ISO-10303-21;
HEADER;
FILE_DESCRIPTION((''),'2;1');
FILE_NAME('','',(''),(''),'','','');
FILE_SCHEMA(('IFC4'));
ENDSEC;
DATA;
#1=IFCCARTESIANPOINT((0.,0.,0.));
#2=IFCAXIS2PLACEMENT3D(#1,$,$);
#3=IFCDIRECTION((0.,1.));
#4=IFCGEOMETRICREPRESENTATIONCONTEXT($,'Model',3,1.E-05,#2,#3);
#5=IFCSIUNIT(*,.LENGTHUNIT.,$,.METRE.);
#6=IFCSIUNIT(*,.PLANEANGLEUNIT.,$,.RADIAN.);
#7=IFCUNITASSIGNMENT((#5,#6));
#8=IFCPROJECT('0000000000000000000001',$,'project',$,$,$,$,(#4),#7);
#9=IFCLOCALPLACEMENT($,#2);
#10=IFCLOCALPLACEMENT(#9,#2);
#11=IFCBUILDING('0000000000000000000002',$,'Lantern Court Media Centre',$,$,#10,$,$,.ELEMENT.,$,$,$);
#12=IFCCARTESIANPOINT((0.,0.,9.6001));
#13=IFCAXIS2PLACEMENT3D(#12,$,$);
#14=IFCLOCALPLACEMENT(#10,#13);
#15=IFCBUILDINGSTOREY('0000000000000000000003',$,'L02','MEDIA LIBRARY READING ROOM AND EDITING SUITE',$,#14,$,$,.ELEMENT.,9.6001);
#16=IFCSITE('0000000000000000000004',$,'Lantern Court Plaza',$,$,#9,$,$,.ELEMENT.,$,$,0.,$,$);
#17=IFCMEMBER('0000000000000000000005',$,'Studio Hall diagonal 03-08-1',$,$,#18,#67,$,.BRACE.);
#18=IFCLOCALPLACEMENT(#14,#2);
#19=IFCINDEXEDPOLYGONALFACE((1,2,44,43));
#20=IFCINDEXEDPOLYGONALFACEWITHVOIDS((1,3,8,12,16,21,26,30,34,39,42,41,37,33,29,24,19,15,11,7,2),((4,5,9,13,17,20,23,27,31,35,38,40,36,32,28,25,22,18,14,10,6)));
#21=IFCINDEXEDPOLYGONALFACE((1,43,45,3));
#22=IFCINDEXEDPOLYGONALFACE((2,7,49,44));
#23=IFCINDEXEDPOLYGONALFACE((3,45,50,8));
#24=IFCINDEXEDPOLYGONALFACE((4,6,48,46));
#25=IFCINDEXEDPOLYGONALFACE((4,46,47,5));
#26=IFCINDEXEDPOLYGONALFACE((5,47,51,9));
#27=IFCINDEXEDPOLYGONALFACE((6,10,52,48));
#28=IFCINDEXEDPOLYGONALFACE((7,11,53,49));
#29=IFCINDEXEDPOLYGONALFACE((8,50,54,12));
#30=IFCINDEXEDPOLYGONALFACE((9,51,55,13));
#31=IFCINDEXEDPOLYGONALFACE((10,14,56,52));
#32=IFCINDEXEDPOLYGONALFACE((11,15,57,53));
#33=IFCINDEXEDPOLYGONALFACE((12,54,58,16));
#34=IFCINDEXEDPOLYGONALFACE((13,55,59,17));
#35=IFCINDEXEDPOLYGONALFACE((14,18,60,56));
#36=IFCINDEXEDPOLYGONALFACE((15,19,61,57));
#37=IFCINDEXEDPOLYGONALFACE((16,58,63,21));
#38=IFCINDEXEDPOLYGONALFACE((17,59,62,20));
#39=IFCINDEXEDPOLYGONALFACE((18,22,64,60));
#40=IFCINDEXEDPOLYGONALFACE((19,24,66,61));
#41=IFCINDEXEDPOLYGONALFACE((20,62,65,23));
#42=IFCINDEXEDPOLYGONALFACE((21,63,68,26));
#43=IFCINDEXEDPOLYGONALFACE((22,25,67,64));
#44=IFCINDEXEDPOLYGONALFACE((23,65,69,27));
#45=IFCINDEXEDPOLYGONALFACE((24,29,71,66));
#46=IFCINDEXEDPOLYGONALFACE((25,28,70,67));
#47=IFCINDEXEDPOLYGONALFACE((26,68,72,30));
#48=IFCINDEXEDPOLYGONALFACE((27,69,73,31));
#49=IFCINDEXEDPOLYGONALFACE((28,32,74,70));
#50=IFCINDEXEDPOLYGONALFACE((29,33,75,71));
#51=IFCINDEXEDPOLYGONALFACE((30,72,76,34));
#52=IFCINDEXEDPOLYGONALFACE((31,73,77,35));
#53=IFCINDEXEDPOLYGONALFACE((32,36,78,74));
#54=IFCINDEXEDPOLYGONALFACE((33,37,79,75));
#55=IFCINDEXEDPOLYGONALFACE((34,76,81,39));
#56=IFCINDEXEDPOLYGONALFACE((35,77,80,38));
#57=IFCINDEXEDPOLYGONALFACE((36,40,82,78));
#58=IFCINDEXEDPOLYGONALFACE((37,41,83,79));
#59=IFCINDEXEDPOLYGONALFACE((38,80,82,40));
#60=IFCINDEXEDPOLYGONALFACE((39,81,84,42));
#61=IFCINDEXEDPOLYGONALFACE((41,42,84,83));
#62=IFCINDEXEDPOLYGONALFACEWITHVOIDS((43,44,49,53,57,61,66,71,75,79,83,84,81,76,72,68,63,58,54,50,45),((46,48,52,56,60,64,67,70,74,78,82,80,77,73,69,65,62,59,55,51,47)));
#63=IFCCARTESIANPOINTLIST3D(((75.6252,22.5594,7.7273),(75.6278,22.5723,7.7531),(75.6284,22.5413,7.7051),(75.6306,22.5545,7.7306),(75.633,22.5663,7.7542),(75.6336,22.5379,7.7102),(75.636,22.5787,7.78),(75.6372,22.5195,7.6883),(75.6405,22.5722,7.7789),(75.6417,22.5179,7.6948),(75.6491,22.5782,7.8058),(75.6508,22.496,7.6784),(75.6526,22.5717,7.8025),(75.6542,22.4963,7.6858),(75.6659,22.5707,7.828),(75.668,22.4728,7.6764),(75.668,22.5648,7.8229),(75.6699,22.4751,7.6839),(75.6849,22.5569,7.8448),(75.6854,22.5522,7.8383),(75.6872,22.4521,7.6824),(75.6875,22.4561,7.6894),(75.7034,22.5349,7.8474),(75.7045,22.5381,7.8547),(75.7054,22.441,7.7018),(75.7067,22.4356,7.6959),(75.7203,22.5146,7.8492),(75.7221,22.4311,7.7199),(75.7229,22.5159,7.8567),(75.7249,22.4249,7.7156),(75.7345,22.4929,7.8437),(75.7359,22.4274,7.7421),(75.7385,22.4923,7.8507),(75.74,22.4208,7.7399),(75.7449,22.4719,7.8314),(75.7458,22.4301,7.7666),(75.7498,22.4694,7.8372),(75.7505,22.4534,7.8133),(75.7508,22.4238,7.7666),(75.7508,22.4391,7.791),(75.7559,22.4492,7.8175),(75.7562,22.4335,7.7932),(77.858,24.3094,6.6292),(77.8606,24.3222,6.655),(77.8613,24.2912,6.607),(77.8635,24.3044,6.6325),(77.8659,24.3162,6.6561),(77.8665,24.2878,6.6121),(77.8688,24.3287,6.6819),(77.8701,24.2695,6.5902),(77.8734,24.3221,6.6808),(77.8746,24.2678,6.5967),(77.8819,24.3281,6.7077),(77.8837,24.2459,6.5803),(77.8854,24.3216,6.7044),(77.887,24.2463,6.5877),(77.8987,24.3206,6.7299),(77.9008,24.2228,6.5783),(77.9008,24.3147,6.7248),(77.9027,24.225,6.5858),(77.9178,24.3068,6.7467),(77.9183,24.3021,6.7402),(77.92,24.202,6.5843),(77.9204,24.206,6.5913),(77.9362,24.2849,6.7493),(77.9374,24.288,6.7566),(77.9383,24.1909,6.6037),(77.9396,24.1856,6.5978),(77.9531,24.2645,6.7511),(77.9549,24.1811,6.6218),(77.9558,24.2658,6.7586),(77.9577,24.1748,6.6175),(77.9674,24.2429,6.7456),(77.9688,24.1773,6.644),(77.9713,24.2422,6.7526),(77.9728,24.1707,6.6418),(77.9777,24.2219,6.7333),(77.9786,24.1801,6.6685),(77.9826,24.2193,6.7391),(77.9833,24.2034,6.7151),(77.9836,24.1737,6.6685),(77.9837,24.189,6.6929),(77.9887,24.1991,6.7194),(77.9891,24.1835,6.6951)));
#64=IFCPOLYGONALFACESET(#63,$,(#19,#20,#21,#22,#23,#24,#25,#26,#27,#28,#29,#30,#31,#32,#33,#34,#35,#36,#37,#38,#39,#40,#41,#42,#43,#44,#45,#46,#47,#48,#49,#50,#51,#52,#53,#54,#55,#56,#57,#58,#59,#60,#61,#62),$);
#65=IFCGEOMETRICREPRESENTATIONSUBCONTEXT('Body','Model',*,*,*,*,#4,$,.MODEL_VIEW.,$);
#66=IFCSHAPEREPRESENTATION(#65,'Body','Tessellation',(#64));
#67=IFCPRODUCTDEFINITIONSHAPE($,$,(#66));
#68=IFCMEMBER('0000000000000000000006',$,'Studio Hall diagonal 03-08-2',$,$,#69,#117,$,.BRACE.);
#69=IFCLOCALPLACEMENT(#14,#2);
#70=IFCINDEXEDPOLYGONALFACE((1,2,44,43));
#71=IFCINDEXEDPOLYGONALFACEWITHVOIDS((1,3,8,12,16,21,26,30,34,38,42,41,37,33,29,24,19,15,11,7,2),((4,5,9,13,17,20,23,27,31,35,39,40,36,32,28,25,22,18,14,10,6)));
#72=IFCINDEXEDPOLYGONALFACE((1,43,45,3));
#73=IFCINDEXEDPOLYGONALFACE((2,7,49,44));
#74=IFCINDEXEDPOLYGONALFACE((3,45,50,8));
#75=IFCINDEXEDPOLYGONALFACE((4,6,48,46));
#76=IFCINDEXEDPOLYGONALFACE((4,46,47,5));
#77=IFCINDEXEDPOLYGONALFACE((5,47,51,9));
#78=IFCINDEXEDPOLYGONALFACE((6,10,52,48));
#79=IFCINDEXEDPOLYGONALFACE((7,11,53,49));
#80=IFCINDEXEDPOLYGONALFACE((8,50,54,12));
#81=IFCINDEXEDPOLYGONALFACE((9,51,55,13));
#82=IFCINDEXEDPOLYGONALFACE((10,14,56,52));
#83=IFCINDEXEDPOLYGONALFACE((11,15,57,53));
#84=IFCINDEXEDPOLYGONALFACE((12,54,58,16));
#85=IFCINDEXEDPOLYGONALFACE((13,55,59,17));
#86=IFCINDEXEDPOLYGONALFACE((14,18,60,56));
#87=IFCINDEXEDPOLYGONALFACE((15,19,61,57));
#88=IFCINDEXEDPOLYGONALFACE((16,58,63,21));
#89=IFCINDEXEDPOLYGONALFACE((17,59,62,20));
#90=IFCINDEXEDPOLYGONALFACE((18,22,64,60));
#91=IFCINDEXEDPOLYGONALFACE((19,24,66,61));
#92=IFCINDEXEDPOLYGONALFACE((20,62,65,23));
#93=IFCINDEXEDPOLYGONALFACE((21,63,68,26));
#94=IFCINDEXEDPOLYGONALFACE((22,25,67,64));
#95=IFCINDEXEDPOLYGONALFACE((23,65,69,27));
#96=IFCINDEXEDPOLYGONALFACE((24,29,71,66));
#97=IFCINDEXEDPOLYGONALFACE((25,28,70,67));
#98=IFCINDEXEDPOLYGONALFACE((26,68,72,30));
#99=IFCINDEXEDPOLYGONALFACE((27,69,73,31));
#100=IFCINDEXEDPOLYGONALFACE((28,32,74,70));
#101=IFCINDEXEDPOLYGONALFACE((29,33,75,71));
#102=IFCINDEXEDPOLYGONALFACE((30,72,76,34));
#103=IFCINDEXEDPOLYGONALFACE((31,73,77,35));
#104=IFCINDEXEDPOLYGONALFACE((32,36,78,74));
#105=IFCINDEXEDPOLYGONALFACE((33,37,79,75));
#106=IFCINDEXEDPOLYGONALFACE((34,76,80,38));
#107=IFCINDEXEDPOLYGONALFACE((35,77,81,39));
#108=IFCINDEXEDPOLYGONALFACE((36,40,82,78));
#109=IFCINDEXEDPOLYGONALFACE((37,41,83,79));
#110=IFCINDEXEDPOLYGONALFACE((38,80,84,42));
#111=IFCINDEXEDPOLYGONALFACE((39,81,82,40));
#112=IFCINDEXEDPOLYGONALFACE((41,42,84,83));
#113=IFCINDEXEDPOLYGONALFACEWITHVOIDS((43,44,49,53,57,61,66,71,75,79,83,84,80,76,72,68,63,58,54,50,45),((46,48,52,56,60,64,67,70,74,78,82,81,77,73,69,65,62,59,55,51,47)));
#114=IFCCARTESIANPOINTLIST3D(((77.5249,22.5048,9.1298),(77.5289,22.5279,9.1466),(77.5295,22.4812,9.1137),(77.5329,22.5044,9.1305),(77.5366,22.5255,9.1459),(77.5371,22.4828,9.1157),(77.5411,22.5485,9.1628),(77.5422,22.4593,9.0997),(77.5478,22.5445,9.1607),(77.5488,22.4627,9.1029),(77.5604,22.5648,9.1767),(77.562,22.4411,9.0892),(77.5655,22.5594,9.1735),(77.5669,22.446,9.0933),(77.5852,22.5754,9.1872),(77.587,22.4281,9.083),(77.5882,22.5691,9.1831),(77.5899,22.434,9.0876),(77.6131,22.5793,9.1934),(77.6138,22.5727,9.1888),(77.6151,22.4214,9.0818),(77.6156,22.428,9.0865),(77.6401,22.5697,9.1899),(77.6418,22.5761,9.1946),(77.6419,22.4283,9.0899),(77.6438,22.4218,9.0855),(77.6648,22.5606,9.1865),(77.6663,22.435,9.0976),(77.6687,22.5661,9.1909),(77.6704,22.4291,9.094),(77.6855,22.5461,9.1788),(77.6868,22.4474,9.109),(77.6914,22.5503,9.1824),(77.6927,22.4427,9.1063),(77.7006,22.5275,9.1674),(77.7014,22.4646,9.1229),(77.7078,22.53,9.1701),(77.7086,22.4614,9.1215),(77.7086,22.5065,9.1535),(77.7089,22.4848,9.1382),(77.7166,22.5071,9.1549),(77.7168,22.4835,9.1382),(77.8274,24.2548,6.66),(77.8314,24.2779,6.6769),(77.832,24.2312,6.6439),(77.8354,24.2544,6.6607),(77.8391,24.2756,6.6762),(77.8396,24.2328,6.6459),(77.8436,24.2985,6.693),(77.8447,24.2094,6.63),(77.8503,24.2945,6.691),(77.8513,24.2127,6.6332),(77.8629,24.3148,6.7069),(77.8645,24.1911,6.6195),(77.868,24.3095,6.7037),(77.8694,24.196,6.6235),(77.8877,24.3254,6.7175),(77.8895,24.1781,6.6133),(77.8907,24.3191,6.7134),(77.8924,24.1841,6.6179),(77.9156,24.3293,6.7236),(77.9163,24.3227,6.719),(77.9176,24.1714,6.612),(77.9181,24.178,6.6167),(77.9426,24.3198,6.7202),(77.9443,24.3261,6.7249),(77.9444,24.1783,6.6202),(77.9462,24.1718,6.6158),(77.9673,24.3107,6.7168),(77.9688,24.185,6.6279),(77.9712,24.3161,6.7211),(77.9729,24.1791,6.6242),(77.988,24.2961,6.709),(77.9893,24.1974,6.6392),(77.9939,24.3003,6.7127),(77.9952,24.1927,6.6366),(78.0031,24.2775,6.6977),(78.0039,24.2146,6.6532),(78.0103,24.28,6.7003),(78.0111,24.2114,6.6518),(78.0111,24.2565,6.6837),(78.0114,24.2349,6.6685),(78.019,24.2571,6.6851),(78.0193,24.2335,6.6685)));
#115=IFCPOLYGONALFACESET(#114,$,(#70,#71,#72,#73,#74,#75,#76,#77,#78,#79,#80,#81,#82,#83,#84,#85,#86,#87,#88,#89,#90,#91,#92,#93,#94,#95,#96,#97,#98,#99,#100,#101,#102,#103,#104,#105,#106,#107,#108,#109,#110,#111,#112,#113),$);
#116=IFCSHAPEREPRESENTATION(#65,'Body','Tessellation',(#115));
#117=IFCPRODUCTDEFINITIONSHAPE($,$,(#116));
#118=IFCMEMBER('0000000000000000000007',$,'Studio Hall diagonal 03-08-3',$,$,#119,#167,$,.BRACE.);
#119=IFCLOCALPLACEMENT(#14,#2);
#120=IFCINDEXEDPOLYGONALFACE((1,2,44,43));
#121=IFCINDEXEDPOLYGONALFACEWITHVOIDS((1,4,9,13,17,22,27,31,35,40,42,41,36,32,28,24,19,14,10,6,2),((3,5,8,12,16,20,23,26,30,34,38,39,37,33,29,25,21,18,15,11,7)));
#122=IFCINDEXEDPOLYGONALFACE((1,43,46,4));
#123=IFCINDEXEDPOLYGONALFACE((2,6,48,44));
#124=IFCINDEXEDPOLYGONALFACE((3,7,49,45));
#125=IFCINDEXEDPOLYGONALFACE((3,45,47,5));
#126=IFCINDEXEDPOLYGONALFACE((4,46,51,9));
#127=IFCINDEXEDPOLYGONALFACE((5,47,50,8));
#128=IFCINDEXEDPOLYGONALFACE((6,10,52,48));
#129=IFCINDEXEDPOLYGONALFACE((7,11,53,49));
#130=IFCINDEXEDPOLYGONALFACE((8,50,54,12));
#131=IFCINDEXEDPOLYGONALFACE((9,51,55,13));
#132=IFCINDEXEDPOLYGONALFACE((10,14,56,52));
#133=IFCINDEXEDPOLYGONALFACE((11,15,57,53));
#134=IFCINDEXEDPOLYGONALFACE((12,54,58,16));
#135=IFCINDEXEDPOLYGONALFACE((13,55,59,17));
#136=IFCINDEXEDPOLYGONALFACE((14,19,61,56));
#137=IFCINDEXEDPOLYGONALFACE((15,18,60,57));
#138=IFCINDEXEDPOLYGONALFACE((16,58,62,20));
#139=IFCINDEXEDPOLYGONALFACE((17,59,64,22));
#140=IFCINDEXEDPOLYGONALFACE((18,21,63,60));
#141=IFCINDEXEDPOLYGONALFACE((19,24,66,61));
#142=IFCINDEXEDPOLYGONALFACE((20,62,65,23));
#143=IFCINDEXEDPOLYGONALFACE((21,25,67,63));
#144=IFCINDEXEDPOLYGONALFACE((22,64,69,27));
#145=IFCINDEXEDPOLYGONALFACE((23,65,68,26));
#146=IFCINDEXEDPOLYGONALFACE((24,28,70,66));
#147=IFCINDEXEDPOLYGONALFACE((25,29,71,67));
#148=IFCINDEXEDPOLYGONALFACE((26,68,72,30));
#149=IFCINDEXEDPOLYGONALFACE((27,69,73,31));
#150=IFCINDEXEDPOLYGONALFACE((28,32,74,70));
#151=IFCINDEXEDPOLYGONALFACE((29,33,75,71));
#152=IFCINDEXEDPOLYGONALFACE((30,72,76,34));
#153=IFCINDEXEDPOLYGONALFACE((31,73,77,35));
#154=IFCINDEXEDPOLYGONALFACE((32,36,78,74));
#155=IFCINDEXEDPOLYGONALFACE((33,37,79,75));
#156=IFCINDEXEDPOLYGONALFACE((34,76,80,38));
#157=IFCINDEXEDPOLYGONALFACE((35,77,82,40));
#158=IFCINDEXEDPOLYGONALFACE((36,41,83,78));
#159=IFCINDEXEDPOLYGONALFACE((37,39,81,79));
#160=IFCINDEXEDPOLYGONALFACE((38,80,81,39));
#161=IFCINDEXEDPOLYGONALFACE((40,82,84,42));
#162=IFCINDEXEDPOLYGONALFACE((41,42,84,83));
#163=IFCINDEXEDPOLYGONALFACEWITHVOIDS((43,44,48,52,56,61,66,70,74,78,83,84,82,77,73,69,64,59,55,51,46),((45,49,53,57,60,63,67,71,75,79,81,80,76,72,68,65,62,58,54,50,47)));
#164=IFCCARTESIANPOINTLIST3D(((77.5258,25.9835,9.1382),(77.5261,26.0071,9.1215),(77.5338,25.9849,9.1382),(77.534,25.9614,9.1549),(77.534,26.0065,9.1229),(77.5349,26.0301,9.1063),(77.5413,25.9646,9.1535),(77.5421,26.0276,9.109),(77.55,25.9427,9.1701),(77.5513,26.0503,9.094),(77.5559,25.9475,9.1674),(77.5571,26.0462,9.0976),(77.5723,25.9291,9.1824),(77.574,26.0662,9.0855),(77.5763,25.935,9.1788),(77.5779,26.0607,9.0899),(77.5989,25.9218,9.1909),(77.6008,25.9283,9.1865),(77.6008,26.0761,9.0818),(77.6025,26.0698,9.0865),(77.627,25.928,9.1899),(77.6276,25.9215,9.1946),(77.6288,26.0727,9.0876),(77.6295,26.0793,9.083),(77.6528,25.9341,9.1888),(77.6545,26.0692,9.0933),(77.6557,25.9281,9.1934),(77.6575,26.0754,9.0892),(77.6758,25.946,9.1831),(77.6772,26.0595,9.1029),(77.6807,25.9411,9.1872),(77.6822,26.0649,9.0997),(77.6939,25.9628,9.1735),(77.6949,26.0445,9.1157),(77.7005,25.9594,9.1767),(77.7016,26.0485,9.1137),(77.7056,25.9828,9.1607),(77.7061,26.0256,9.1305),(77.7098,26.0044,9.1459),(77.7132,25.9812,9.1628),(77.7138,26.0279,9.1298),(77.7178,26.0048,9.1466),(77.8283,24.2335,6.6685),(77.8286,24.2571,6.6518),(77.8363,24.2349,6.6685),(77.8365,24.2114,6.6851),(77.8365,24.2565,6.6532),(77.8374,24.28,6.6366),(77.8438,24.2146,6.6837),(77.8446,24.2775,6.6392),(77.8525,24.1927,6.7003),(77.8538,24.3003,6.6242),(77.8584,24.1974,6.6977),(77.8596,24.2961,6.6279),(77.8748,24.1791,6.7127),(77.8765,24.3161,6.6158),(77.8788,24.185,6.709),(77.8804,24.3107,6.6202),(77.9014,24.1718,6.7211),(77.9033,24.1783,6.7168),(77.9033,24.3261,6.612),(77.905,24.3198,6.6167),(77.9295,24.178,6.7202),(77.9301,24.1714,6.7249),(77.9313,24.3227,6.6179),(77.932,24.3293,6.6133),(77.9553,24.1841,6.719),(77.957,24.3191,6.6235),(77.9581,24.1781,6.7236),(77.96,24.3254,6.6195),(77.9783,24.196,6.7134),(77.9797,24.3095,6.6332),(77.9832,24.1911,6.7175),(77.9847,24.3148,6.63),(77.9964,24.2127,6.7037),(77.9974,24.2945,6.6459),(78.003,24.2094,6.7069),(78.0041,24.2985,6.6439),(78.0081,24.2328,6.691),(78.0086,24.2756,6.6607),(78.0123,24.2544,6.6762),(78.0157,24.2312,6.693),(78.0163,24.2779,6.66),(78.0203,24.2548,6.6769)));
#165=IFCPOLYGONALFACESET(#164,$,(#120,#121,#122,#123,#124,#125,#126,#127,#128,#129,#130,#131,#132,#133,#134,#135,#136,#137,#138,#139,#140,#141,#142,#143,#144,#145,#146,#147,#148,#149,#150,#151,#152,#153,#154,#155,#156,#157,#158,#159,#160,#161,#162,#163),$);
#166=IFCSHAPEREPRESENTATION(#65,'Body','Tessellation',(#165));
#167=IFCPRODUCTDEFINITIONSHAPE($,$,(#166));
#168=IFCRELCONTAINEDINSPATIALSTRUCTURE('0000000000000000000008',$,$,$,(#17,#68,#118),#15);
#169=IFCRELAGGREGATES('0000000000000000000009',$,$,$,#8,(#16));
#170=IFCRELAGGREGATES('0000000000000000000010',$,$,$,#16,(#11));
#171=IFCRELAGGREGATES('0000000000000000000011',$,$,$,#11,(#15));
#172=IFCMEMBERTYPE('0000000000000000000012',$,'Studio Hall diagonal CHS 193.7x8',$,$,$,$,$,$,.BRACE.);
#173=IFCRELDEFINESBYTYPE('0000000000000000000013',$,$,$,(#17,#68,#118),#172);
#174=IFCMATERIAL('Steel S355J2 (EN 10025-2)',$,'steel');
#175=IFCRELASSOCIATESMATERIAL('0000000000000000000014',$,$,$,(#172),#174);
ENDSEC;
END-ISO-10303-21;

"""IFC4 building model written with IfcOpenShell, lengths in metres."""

from ifc_helpers import new_model, si_unit, direction, frame, origin, origin_2d, place, context, subcontext, project, spatial, hollow_circle, extrude, material, material_profile, profile_set, type_object, element, save


model = new_model("IFC4")

# Units and contexts
model_context = context("Model", 3, precision=1e-05, world=origin(), true_north=direction((0.0, 1.0)))
body_context = subcontext(model_context, "Body", "Model", "MODEL_VIEW")
ifc_project = project(units=[si_unit("LENGTHUNIT", "METRE"), si_unit("PLANEANGLEUNIT", "RADIAN")], contexts=[model_context])

# Site, building, storey
site_placement = place(None, origin())
site = spatial("IfcSite", under=ifc_project, at=site_placement, Name="Lantern Court Plaza", CompositionType="ELEMENT", RefElevation=0.0)
building_placement = place(site_placement, origin())
building = spatial("IfcBuilding", under=site, at=building_placement, Name="Lantern Court Media Centre", CompositionType="ELEMENT")
storey_placement = place(building_placement, frame((0.0, 0.0, 9.6001)))
storey = spatial("IfcBuildingStorey", under=building, at=storey_placement, Name="L02", Description="MEDIA LIBRARY READING ROOM AND EDITING SUITE", CompositionType="ELEMENT", Elevation=9.6001)

# Members
ifc_material = material(Name="Steel S355J2 (EN 10025-2)", Category="steel")
ifc_material_profile_1 = material_profile(ifc_material, hollow_circle(Radius=0.0969, WallThickness=0.0081, at=origin_2d()), Name="Studio Hall diagonal CHS 193.7x8")
ifc_profile_set_1 = profile_set([ifc_material_profile_1], Name="Steel S355J2 (EN 10025-2)")
member_type_1 = type_object("IfcMemberType", Name="Studio Hall diagonal CHS 193.7x8", PredefinedType="BRACE", material=ifc_profile_set_1)
for number, where, z_axis, x_axis, name in (
    (1, (77.9238, 24.25, 6.6685), (-0.734005, -0.575262, 0.360984), (0.616856, -0.787076, 0.0), "Studio Hall diagonal 03-08-1"),
    (2, (77.9238, 24.25, 6.6685), (-0.099439, -0.575286, 0.811885), (0.985388, -0.170326, 0.0), "Studio Hall diagonal 03-08-2"),
    (3, (77.9238, 24.25, 6.6685), (-0.099439, 0.575286, 0.811885), (-0.985388, -0.170326, 0.0), "Studio Hall diagonal 03-08-3"),
):
    element("IfcMember", number, at=place(storey_placement, frame(where, z_axis=z_axis, x_axis=x_axis)), inside=storey, type_object=member_type_1, Name=name, PredefinedType="BRACE", context=body_context, shape_type="SweptSolid", body=[
        extrude(hollow_circle(Radius=0.0969, WallThickness=0.0081, at=origin_2d()), origin(), (0.0, 0.0, 1.0), 3.042),
    ])

save(model, "model.ifc")
